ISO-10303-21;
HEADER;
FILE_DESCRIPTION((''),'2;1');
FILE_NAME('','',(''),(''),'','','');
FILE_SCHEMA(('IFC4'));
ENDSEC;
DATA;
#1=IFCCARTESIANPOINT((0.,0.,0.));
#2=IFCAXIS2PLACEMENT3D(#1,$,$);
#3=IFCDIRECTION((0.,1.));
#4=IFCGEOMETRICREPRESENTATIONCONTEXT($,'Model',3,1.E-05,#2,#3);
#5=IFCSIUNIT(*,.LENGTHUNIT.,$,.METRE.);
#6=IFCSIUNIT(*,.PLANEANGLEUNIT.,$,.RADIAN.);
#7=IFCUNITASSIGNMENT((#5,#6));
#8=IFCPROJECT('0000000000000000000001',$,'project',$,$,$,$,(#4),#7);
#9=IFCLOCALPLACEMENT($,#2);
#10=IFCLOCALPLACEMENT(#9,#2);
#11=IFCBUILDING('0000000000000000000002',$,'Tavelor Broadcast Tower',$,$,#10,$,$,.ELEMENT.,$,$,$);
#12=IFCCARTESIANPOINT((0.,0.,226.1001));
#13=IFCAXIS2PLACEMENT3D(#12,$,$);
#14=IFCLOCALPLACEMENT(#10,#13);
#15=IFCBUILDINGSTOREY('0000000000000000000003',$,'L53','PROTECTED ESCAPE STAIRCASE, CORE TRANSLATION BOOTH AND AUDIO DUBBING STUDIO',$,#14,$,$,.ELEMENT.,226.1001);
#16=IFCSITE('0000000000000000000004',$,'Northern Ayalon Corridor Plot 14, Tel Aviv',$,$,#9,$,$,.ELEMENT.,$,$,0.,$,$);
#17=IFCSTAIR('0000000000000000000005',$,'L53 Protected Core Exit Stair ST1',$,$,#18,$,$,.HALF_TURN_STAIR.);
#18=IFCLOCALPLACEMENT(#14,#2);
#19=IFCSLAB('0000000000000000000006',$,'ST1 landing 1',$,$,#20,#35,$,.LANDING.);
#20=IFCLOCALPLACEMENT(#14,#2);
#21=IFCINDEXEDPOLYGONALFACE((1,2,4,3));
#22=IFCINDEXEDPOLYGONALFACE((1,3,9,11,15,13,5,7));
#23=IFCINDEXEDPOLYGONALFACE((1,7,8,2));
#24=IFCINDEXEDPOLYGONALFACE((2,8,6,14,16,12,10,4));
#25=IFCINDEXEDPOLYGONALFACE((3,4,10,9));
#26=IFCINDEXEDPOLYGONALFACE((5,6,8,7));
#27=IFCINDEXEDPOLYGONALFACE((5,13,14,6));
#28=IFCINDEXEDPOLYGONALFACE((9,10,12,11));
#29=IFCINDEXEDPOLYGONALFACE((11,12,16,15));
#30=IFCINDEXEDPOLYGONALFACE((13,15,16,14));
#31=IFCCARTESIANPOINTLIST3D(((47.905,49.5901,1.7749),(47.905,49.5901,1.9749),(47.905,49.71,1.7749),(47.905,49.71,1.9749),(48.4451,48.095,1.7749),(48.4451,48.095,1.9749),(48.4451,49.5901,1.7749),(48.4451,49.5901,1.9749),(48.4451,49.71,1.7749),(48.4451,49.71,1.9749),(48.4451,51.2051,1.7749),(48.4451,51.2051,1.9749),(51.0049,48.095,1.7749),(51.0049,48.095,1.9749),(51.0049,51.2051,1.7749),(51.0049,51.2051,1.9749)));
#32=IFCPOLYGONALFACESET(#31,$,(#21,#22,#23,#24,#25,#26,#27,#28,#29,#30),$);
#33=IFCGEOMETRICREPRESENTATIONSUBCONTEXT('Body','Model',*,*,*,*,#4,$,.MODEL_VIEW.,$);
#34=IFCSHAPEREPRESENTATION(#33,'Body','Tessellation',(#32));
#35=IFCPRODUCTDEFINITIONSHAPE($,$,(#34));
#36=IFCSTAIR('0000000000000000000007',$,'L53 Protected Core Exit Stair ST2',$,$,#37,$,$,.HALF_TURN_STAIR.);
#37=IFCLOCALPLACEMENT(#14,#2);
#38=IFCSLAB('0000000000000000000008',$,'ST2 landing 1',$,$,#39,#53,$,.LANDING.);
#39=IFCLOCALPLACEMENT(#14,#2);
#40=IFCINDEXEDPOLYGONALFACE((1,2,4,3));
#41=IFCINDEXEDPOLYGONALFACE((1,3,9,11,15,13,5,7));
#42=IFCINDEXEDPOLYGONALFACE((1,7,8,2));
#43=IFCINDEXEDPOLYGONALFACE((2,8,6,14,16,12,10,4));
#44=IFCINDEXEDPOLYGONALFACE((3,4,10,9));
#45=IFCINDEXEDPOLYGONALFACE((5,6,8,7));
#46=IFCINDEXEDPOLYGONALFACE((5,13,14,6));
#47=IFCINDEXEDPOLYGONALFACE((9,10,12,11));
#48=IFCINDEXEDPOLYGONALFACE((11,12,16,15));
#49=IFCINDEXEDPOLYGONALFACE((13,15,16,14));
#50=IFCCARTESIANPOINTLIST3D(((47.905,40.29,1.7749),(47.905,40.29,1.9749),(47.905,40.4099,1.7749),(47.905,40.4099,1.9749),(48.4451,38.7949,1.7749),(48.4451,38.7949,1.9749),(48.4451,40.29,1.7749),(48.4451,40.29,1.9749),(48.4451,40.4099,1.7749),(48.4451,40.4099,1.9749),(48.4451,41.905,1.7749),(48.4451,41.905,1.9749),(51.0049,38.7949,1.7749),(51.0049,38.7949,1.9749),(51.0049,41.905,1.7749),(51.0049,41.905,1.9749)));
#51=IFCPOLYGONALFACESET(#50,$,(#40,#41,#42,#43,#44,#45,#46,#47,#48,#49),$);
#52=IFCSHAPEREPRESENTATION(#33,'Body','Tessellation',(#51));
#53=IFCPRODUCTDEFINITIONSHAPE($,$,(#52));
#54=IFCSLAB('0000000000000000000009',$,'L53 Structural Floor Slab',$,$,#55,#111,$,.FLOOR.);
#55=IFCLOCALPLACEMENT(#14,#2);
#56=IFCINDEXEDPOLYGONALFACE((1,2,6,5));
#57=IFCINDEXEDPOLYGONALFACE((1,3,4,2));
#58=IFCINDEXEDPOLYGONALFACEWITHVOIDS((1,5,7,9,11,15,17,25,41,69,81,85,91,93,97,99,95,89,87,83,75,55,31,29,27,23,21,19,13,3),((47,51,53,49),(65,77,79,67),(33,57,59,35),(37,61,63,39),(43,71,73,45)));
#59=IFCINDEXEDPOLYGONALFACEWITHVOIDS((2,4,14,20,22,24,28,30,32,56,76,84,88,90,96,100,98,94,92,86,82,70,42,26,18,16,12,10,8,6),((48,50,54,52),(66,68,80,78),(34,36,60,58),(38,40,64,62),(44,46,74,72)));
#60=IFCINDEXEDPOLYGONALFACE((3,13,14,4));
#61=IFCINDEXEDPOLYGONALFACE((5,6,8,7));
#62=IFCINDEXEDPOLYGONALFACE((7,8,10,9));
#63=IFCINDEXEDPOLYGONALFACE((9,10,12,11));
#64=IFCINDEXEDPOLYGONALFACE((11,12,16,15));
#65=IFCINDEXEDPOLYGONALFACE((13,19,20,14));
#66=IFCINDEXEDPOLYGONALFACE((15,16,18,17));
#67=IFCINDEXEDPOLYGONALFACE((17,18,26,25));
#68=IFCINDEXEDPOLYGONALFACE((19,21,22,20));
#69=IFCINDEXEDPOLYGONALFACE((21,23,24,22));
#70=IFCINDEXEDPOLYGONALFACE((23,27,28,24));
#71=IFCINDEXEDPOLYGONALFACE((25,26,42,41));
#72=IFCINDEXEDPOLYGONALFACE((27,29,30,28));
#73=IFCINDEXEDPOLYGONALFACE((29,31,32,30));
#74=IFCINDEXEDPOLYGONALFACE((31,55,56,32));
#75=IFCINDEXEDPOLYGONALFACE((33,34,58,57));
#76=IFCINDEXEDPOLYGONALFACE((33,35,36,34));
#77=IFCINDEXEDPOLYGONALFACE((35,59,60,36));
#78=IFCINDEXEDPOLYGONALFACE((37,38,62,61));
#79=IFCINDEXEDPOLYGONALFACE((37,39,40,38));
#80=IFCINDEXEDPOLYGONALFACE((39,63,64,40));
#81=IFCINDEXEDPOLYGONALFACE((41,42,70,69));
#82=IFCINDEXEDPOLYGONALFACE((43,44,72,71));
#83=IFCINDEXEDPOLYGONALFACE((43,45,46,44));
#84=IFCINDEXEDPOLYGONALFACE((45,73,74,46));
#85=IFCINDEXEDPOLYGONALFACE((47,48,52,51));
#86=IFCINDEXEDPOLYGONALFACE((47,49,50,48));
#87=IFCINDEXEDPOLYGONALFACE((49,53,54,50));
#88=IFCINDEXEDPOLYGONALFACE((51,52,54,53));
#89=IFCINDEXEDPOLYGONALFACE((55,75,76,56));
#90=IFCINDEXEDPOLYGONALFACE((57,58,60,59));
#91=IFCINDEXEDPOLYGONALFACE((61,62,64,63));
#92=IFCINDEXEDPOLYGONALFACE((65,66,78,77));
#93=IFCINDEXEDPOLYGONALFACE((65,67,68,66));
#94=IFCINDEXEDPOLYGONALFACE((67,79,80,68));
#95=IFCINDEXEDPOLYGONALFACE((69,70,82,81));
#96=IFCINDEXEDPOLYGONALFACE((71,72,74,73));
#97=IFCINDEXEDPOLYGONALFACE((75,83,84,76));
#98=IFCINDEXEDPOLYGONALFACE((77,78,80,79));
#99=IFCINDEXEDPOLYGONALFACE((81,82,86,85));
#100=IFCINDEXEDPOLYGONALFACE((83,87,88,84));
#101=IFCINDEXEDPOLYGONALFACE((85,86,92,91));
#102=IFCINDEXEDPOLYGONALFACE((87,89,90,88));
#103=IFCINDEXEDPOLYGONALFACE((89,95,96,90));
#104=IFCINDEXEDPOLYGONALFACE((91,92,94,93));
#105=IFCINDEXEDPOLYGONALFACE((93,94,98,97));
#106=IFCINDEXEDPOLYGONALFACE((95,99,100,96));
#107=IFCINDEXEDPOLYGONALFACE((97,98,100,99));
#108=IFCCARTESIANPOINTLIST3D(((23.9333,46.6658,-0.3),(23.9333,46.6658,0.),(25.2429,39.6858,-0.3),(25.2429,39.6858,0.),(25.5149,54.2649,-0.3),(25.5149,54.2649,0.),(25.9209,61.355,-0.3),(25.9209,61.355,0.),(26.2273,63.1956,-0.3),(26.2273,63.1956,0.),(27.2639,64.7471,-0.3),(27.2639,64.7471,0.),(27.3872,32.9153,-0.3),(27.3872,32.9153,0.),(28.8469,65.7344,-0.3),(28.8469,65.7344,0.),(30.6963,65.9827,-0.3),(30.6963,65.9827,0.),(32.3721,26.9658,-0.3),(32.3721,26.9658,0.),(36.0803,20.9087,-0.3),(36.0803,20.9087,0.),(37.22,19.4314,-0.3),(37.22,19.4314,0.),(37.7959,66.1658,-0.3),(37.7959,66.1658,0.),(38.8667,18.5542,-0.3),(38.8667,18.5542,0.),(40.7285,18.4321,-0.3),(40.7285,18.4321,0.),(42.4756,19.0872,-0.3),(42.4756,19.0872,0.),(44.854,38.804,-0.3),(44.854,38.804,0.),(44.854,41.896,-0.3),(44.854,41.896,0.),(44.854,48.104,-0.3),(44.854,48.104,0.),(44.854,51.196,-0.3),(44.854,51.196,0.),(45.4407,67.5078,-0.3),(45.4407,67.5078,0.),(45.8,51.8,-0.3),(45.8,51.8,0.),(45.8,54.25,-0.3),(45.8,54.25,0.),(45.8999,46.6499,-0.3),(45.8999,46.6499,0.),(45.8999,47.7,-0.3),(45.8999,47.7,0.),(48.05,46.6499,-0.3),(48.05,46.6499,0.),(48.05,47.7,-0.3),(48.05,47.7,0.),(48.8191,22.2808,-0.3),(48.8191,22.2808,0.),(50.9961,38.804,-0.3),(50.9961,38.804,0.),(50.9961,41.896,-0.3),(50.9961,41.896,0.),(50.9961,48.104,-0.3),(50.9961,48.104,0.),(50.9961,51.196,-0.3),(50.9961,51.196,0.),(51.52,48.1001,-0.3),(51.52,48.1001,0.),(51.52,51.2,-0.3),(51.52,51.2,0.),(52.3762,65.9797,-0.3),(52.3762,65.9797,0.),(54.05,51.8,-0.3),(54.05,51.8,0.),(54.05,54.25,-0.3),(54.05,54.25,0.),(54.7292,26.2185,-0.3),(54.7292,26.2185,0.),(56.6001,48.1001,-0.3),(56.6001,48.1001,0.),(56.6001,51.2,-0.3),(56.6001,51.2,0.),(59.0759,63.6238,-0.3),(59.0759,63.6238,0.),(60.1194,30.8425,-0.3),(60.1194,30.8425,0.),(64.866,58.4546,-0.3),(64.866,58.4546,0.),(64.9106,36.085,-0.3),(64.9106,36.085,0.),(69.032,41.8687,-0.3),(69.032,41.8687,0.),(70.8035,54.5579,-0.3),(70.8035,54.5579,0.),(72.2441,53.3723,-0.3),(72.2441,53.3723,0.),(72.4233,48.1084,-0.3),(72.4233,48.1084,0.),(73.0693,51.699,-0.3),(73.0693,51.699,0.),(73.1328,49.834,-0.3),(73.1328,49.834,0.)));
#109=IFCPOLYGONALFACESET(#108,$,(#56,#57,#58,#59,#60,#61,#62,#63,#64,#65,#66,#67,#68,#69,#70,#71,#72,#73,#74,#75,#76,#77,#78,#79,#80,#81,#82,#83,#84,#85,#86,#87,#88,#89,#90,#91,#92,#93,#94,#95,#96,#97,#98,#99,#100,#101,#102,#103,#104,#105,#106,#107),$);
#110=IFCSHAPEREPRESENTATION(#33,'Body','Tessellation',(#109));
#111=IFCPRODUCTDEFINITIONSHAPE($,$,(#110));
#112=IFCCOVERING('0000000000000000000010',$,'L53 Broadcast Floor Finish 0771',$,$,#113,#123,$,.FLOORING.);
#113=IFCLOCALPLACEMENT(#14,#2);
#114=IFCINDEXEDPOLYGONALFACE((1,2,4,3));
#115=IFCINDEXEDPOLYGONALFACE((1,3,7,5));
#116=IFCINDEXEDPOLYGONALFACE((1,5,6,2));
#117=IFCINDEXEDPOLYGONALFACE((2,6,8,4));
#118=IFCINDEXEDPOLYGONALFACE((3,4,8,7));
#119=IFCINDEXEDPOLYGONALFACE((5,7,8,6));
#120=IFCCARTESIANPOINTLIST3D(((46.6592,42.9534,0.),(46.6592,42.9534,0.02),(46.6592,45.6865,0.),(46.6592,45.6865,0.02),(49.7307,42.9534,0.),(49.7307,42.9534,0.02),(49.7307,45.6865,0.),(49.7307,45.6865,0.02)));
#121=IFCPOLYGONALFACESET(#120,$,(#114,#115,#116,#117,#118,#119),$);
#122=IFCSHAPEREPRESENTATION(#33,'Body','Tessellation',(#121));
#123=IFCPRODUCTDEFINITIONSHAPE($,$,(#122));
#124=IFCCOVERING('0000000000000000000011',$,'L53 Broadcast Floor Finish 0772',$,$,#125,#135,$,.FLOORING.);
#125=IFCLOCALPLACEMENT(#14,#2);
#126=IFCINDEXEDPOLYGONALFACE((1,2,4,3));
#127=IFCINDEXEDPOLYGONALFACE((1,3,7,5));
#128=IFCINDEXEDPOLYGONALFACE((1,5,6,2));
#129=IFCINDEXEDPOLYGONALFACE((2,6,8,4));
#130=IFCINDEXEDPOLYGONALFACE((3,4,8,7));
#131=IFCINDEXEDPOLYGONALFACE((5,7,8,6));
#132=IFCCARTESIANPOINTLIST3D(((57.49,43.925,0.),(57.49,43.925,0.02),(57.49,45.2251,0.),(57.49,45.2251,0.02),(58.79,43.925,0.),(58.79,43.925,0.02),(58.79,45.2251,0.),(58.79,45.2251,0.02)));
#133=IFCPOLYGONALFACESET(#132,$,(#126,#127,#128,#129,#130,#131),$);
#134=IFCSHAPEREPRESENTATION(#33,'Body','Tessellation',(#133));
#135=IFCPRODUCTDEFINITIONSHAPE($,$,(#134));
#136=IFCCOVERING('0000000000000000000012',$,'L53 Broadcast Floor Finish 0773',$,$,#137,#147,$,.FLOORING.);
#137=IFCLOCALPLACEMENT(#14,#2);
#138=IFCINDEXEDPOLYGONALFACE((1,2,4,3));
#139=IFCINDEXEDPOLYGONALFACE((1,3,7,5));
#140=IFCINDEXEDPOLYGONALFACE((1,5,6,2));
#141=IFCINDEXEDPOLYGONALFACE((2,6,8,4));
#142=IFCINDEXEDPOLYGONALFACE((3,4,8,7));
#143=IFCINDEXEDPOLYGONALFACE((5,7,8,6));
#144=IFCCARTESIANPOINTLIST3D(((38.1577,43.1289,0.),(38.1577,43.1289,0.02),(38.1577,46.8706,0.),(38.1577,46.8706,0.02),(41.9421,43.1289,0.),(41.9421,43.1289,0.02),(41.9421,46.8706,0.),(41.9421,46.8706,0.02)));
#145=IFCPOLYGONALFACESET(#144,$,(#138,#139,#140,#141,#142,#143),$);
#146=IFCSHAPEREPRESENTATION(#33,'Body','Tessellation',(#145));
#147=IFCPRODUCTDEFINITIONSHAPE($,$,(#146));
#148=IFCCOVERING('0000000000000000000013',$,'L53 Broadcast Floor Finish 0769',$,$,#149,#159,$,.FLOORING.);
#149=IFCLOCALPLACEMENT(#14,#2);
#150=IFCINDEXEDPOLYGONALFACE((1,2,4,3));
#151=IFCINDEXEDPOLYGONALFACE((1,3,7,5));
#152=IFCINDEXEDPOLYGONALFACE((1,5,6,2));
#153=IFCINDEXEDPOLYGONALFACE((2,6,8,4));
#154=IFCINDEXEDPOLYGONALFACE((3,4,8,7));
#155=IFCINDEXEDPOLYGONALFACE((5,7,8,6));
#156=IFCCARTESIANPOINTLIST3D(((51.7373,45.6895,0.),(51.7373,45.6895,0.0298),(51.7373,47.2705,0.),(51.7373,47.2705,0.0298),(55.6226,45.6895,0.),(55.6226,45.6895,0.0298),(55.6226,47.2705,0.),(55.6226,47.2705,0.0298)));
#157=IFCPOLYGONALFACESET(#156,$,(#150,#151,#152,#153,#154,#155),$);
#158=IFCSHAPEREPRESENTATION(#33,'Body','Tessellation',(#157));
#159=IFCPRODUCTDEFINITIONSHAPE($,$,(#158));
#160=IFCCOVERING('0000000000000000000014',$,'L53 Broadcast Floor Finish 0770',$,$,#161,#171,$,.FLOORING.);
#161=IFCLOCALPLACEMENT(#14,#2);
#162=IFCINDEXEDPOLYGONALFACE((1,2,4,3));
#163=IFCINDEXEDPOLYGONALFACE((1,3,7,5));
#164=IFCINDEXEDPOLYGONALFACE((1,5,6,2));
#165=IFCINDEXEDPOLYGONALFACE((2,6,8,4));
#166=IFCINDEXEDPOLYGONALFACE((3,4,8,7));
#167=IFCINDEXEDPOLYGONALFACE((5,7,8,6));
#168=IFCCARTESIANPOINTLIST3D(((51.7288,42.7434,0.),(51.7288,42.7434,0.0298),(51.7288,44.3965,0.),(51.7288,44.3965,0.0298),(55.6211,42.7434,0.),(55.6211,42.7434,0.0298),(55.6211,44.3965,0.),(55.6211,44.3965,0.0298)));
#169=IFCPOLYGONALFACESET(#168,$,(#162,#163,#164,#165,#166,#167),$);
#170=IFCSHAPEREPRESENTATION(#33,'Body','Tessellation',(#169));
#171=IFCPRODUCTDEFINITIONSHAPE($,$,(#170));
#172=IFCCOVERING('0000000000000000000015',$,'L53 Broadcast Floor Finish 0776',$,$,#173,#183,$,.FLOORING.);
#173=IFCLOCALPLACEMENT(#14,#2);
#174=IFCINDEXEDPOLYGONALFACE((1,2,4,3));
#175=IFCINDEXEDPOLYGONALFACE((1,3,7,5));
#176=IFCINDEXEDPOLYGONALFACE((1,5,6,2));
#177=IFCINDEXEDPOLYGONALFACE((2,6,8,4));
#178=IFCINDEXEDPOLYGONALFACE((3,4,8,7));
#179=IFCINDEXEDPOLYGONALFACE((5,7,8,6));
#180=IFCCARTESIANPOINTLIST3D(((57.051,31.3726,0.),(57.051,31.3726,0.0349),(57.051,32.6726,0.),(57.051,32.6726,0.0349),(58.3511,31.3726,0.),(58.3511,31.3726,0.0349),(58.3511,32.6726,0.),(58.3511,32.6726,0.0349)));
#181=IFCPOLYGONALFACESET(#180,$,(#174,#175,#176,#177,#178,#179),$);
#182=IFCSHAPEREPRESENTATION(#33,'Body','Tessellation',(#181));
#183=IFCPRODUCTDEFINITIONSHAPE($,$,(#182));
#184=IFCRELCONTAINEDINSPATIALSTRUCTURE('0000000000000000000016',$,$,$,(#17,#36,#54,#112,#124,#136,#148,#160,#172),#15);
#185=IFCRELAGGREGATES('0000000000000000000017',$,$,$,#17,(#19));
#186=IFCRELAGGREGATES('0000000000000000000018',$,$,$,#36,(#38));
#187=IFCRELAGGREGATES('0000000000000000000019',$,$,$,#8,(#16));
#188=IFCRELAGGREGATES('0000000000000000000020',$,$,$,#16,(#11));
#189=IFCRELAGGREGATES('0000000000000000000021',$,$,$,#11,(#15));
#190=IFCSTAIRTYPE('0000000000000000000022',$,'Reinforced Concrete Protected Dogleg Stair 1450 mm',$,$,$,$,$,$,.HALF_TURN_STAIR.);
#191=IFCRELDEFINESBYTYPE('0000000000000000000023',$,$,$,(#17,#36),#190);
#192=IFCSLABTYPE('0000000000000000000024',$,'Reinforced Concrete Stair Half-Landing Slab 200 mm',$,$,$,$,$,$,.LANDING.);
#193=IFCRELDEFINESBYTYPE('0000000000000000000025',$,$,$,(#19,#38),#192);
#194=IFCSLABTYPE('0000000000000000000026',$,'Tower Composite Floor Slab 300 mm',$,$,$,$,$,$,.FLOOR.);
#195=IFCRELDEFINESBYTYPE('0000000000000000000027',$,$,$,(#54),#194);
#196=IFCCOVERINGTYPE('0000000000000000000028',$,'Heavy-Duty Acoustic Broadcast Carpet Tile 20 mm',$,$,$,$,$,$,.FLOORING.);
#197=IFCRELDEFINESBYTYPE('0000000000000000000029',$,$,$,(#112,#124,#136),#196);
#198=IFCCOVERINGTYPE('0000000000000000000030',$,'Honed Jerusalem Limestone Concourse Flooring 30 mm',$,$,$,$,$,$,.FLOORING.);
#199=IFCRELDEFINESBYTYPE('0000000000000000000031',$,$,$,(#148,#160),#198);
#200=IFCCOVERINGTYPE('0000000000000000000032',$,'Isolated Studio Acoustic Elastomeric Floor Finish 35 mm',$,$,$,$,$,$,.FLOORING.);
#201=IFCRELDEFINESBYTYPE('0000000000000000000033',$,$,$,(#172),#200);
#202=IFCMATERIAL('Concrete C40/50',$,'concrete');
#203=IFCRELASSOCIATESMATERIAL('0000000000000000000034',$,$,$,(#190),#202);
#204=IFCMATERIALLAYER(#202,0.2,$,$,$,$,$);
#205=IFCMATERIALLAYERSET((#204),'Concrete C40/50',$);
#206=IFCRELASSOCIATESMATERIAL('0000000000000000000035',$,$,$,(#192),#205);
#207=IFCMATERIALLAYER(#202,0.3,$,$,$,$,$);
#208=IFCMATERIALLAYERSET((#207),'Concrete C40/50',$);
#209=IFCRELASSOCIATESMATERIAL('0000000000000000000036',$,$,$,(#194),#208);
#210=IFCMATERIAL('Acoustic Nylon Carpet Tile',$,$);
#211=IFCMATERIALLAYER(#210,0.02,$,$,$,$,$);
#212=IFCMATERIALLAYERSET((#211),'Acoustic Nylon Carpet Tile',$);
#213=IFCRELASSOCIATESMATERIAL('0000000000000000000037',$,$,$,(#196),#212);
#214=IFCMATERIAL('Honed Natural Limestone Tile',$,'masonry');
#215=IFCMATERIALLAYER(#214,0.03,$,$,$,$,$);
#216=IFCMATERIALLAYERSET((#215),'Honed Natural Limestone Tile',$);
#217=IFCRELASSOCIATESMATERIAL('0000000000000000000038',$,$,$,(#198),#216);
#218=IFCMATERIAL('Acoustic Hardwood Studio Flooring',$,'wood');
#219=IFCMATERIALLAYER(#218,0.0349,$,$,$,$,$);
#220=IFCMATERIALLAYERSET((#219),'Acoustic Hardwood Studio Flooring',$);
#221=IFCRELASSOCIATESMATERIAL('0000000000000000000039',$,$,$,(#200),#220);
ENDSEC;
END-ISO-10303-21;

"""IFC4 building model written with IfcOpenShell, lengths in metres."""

from ifc_helpers import new_model, si_unit, direction, frame, origin, place, context, subcontext, project, spatial, polyline, outline, extrude, material, layer, layer_set, type_object, element, aggregate, save


model = new_model("IFC4")

# Units and contexts
model_context = context("Model", 3, precision=1e-05, world=origin(), true_north=direction((0.0, 1.0)))
body_context = subcontext(model_context, "Body", "Model", "MODEL_VIEW")
ifc_project = project(units=[si_unit("LENGTHUNIT", "METRE"), si_unit("PLANEANGLEUNIT", "RADIAN")], contexts=[model_context])

# Site, building, storey
site_placement = place(None, origin())
site = spatial("IfcSite", under=ifc_project, at=site_placement, Name="Northern Ayalon Corridor Plot 14, Tel Aviv", CompositionType="ELEMENT", RefElevation=0.0)
building_placement = place(site_placement, origin())
building = spatial("IfcBuilding", under=site, at=building_placement, Name="Tavelor Broadcast Tower", CompositionType="ELEMENT")
storey_placement = place(building_placement, frame((0.0, 0.0, 226.1001)))
storey = spatial("IfcBuildingStorey", under=building, at=storey_placement, Name="L53", Description="PROTECTED ESCAPE STAIRCASE, CORE TRANSLATION BOOTH AND AUDIO DUBBING STUDIO", CompositionType="ELEMENT", Elevation=226.1001)

# Stairs, slabs
ifc_material_1 = material(Name="Concrete C40/50", Category="concrete")
stair_type = type_object("IfcStairType", Name="Reinforced Concrete Protected Dogleg Stair 1450 mm", PredefinedType="HALF_TURN_STAIR", material=ifc_material_1)
stair_1_placement = place(storey_placement, origin())
stair_1 = element("IfcStair", 1, at=stair_1_placement, inside=storey, type_object=stair_type, Name="L53 Protected Core Exit Stair ST1", PredefinedType="HALF_TURN_STAIR")
ifc_layer_1 = layer(ifc_material_1, 0.2)
ifc_layer_set_1 = layer_set([ifc_layer_1], Name="Concrete C40/50")
slab_type_1 = type_object("IfcSlabType", Name="Reinforced Concrete Stair Half-Landing Slab 200 mm", PredefinedType="LANDING", material=ifc_layer_set_1)
slab_1_placement = place(storey_placement, frame((0.0, 0.0, 1.7749)))
slab_1 = element("IfcSlab", 2, at=slab_1_placement, type_object=slab_type_1, Name="ST1 landing 1", PredefinedType="LANDING", context=body_context, shape_type="SweptSolid", body=[
    extrude(outline(polyline([(48.4451, 49.5901), (48.4451, 48.095), (51.0049, 48.095), (51.0049, 51.2051), (48.4451, 51.2051), (48.4451, 49.71), (47.905, 49.71), (47.905, 49.5901), (48.4451, 49.5901)])), origin(), (0.0, 0.0, 1.0), 0.2),
])
aggregate(stair_1, [slab_1])
stair_2_placement = place(storey_placement, origin())
stair_2 = element("IfcStair", 3, at=stair_2_placement, inside=storey, type_object=stair_type, Name="L53 Protected Core Exit Stair ST2", PredefinedType="HALF_TURN_STAIR")
slab_2_placement = place(storey_placement, frame((0.0, 0.0, 1.7749)))
slab_2 = element("IfcSlab", 4, at=slab_2_placement, type_object=slab_type_1, Name="ST2 landing 1", PredefinedType="LANDING", context=body_context, shape_type="SweptSolid", body=[
    extrude(outline(polyline([(48.4451, 40.29), (48.4451, 38.7949), (51.0049, 38.7949), (51.0049, 41.905), (48.4451, 41.905), (48.4451, 40.4099), (47.905, 40.4099), (47.905, 40.29), (48.4451, 40.29)])), origin(), (0.0, 0.0, 1.0), 0.2),
])
aggregate(stair_2, [slab_2])

# Slab
ifc_layer_2 = layer(ifc_material_1, 0.3)
ifc_layer_set_2 = layer_set([ifc_layer_2], Name="Concrete C40/50")
slab_type_2 = type_object("IfcSlabType", Name="Tower Composite Floor Slab 300 mm", PredefinedType="FLOOR", material=ifc_layer_set_2)
slab_3_placement = place(storey_placement, frame((0.0, 0.0, -0.3)))
element("IfcSlab", 5, at=slab_3_placement, inside=storey, type_object=slab_type_2, Name="L53 Structural Floor Slab", PredefinedType="FLOOR", context=body_context, shape_type="SweptSolid", body=[
    extrude(outline(polyline([(30.6963, 65.9827), (28.8469, 65.7344), (27.2639, 64.7471), (26.2273, 63.1956), (25.9209, 61.355), (25.5149, 54.2649), (23.9333, 46.6658), (25.2429, 39.6858), (27.3872, 32.9153), (32.3721, 26.9658), (36.0803, 20.9087), (37.22, 19.4314), (38.8667, 18.5542), (40.7285, 18.4321), (42.4756, 19.0872), (48.8191, 22.2808), (54.7292, 26.2185), (60.1194, 30.8425), (64.9106, 36.085), (69.032, 41.8687), (72.4233, 48.1084), (73.1328, 49.834), (73.0693, 51.699), (72.2441, 53.3723), (70.8035, 54.5579), (64.866, 58.4546), (59.0759, 63.6238), (52.3762, 65.9797), (45.4407, 67.5078), (37.7959, 66.1658), (30.6963, 65.9827)]), holes=[polyline([(50.9961, 41.896), (50.9961, 38.804), (44.854, 38.804), (44.854, 41.896), (50.9961, 41.896)]), polyline([(48.05, 47.7), (48.05, 46.6499), (45.8999, 46.6499), (45.8999, 47.7), (48.05, 47.7)]), polyline([(50.9961, 51.196), (50.9961, 48.104), (44.854, 48.104), (44.854, 51.196), (50.9961, 51.196)]), polyline([(56.6001, 48.1001), (51.52, 48.1001), (51.52, 51.2), (56.6001, 51.2), (56.6001, 48.1001)]), polyline([(54.05, 51.8), (45.8, 51.8), (45.8, 54.25), (54.05, 54.25), (54.05, 51.8)])]), origin(), (0.0, 0.0, 1.0), 0.3),
])

# Coverings
ifc_material_2 = material(Name="Acoustic Nylon Carpet Tile")
ifc_layer_3 = layer(ifc_material_2, 0.02)
ifc_layer_set_3 = layer_set([ifc_layer_3], Name="Acoustic Nylon Carpet Tile")
covering_type_1 = type_object("IfcCoveringType", Name="Heavy-Duty Acoustic Broadcast Carpet Tile 20 mm", PredefinedType="FLOORING", material=ifc_layer_set_3)
covering_1_placement = place(storey_placement, origin())
element("IfcCovering", 6, at=covering_1_placement, inside=storey, type_object=covering_type_1, Name="L53 Broadcast Floor Finish 0771", PredefinedType="FLOORING", context=body_context, shape_type="SweptSolid", body=[
    extrude(outline(polyline([(46.6592, 42.9534), (49.7307, 42.9534), (49.7307, 45.6865), (46.6592, 45.6865), (46.6592, 42.9534)])), origin(), (0.0, 0.0, 1.0), 0.02),
])
covering_2_placement = place(storey_placement, origin())
element("IfcCovering", 7, at=covering_2_placement, inside=storey, type_object=covering_type_1, Name="L53 Broadcast Floor Finish 0772", PredefinedType="FLOORING", context=body_context, shape_type="SweptSolid", body=[
    extrude(outline(polyline([(57.49, 43.925), (58.79, 43.925), (58.79, 45.2251), (57.49, 45.2251), (57.49, 43.925)])), origin(), (0.0, 0.0, 1.0), 0.02),
])
covering_3_placement = place(storey_placement, origin())
element("IfcCovering", 8, at=covering_3_placement, inside=storey, type_object=covering_type_1, Name="L53 Broadcast Floor Finish 0773", PredefinedType="FLOORING", context=body_context, shape_type="SweptSolid", body=[
    extrude(outline(polyline([(38.1577, 43.1289), (41.9421, 43.1289), (41.9421, 46.8706), (38.1577, 46.8706), (38.1577, 43.1289)])), origin(), (0.0, 0.0, 1.0), 0.02),
])
ifc_material_3 = material(Name="Honed Natural Limestone Tile", Category="masonry")
ifc_layer_4 = layer(ifc_material_3, 0.03)
ifc_layer_set_4 = layer_set([ifc_layer_4], Name="Honed Natural Limestone Tile")
covering_type_2 = type_object("IfcCoveringType", Name="Honed Jerusalem Limestone Concourse Flooring 30 mm", PredefinedType="FLOORING", material=ifc_layer_set_4)
covering_4_placement = place(storey_placement, origin())
element("IfcCovering", 9, at=covering_4_placement, inside=storey, type_object=covering_type_2, Name="L53 Broadcast Floor Finish 0769", PredefinedType="FLOORING", context=body_context, shape_type="SweptSolid", body=[
    extrude(outline(polyline([(51.7373, 45.6895), (55.6226, 45.6895), (55.6226, 47.2705), (51.7373, 47.2705), (51.7373, 45.6895)])), origin(), (0.0, 0.0, 1.0), 0.0298),
])
covering_5_placement = place(storey_placement, origin())
element("IfcCovering", 10, at=covering_5_placement, inside=storey, type_object=covering_type_2, Name="L53 Broadcast Floor Finish 0770", PredefinedType="FLOORING", context=body_context, shape_type="SweptSolid", body=[
    extrude(outline(polyline([(51.7288, 42.7434), (55.6211, 42.7434), (55.6211, 44.3965), (51.7288, 44.3965), (51.7288, 42.7434)])), origin(), (0.0, 0.0, 1.0), 0.0298),
])
ifc_material_4 = material(Name="Acoustic Hardwood Studio Flooring", Category="wood")
ifc_layer_5 = layer(ifc_material_4, 0.0349)
ifc_layer_set_5 = layer_set([ifc_layer_5], Name="Acoustic Hardwood Studio Flooring")
covering_type_3 = type_object("IfcCoveringType", Name="Isolated Studio Acoustic Elastomeric Floor Finish 35 mm", PredefinedType="FLOORING", material=ifc_layer_set_5)
covering_6_placement = place(storey_placement, origin())
element("IfcCovering", 11, at=covering_6_placement, inside=storey, type_object=covering_type_3, Name="L53 Broadcast Floor Finish 0776", PredefinedType="FLOORING", context=body_context, shape_type="SweptSolid", body=[
    extrude(outline(polyline([(57.051, 31.3726), (58.3511, 31.3726), (58.3511, 32.6726), (57.051, 32.6726), (57.051, 31.3726)])), origin(), (0.0, 0.0, 1.0), 0.0349),
])

save(model, "model.ifc")
